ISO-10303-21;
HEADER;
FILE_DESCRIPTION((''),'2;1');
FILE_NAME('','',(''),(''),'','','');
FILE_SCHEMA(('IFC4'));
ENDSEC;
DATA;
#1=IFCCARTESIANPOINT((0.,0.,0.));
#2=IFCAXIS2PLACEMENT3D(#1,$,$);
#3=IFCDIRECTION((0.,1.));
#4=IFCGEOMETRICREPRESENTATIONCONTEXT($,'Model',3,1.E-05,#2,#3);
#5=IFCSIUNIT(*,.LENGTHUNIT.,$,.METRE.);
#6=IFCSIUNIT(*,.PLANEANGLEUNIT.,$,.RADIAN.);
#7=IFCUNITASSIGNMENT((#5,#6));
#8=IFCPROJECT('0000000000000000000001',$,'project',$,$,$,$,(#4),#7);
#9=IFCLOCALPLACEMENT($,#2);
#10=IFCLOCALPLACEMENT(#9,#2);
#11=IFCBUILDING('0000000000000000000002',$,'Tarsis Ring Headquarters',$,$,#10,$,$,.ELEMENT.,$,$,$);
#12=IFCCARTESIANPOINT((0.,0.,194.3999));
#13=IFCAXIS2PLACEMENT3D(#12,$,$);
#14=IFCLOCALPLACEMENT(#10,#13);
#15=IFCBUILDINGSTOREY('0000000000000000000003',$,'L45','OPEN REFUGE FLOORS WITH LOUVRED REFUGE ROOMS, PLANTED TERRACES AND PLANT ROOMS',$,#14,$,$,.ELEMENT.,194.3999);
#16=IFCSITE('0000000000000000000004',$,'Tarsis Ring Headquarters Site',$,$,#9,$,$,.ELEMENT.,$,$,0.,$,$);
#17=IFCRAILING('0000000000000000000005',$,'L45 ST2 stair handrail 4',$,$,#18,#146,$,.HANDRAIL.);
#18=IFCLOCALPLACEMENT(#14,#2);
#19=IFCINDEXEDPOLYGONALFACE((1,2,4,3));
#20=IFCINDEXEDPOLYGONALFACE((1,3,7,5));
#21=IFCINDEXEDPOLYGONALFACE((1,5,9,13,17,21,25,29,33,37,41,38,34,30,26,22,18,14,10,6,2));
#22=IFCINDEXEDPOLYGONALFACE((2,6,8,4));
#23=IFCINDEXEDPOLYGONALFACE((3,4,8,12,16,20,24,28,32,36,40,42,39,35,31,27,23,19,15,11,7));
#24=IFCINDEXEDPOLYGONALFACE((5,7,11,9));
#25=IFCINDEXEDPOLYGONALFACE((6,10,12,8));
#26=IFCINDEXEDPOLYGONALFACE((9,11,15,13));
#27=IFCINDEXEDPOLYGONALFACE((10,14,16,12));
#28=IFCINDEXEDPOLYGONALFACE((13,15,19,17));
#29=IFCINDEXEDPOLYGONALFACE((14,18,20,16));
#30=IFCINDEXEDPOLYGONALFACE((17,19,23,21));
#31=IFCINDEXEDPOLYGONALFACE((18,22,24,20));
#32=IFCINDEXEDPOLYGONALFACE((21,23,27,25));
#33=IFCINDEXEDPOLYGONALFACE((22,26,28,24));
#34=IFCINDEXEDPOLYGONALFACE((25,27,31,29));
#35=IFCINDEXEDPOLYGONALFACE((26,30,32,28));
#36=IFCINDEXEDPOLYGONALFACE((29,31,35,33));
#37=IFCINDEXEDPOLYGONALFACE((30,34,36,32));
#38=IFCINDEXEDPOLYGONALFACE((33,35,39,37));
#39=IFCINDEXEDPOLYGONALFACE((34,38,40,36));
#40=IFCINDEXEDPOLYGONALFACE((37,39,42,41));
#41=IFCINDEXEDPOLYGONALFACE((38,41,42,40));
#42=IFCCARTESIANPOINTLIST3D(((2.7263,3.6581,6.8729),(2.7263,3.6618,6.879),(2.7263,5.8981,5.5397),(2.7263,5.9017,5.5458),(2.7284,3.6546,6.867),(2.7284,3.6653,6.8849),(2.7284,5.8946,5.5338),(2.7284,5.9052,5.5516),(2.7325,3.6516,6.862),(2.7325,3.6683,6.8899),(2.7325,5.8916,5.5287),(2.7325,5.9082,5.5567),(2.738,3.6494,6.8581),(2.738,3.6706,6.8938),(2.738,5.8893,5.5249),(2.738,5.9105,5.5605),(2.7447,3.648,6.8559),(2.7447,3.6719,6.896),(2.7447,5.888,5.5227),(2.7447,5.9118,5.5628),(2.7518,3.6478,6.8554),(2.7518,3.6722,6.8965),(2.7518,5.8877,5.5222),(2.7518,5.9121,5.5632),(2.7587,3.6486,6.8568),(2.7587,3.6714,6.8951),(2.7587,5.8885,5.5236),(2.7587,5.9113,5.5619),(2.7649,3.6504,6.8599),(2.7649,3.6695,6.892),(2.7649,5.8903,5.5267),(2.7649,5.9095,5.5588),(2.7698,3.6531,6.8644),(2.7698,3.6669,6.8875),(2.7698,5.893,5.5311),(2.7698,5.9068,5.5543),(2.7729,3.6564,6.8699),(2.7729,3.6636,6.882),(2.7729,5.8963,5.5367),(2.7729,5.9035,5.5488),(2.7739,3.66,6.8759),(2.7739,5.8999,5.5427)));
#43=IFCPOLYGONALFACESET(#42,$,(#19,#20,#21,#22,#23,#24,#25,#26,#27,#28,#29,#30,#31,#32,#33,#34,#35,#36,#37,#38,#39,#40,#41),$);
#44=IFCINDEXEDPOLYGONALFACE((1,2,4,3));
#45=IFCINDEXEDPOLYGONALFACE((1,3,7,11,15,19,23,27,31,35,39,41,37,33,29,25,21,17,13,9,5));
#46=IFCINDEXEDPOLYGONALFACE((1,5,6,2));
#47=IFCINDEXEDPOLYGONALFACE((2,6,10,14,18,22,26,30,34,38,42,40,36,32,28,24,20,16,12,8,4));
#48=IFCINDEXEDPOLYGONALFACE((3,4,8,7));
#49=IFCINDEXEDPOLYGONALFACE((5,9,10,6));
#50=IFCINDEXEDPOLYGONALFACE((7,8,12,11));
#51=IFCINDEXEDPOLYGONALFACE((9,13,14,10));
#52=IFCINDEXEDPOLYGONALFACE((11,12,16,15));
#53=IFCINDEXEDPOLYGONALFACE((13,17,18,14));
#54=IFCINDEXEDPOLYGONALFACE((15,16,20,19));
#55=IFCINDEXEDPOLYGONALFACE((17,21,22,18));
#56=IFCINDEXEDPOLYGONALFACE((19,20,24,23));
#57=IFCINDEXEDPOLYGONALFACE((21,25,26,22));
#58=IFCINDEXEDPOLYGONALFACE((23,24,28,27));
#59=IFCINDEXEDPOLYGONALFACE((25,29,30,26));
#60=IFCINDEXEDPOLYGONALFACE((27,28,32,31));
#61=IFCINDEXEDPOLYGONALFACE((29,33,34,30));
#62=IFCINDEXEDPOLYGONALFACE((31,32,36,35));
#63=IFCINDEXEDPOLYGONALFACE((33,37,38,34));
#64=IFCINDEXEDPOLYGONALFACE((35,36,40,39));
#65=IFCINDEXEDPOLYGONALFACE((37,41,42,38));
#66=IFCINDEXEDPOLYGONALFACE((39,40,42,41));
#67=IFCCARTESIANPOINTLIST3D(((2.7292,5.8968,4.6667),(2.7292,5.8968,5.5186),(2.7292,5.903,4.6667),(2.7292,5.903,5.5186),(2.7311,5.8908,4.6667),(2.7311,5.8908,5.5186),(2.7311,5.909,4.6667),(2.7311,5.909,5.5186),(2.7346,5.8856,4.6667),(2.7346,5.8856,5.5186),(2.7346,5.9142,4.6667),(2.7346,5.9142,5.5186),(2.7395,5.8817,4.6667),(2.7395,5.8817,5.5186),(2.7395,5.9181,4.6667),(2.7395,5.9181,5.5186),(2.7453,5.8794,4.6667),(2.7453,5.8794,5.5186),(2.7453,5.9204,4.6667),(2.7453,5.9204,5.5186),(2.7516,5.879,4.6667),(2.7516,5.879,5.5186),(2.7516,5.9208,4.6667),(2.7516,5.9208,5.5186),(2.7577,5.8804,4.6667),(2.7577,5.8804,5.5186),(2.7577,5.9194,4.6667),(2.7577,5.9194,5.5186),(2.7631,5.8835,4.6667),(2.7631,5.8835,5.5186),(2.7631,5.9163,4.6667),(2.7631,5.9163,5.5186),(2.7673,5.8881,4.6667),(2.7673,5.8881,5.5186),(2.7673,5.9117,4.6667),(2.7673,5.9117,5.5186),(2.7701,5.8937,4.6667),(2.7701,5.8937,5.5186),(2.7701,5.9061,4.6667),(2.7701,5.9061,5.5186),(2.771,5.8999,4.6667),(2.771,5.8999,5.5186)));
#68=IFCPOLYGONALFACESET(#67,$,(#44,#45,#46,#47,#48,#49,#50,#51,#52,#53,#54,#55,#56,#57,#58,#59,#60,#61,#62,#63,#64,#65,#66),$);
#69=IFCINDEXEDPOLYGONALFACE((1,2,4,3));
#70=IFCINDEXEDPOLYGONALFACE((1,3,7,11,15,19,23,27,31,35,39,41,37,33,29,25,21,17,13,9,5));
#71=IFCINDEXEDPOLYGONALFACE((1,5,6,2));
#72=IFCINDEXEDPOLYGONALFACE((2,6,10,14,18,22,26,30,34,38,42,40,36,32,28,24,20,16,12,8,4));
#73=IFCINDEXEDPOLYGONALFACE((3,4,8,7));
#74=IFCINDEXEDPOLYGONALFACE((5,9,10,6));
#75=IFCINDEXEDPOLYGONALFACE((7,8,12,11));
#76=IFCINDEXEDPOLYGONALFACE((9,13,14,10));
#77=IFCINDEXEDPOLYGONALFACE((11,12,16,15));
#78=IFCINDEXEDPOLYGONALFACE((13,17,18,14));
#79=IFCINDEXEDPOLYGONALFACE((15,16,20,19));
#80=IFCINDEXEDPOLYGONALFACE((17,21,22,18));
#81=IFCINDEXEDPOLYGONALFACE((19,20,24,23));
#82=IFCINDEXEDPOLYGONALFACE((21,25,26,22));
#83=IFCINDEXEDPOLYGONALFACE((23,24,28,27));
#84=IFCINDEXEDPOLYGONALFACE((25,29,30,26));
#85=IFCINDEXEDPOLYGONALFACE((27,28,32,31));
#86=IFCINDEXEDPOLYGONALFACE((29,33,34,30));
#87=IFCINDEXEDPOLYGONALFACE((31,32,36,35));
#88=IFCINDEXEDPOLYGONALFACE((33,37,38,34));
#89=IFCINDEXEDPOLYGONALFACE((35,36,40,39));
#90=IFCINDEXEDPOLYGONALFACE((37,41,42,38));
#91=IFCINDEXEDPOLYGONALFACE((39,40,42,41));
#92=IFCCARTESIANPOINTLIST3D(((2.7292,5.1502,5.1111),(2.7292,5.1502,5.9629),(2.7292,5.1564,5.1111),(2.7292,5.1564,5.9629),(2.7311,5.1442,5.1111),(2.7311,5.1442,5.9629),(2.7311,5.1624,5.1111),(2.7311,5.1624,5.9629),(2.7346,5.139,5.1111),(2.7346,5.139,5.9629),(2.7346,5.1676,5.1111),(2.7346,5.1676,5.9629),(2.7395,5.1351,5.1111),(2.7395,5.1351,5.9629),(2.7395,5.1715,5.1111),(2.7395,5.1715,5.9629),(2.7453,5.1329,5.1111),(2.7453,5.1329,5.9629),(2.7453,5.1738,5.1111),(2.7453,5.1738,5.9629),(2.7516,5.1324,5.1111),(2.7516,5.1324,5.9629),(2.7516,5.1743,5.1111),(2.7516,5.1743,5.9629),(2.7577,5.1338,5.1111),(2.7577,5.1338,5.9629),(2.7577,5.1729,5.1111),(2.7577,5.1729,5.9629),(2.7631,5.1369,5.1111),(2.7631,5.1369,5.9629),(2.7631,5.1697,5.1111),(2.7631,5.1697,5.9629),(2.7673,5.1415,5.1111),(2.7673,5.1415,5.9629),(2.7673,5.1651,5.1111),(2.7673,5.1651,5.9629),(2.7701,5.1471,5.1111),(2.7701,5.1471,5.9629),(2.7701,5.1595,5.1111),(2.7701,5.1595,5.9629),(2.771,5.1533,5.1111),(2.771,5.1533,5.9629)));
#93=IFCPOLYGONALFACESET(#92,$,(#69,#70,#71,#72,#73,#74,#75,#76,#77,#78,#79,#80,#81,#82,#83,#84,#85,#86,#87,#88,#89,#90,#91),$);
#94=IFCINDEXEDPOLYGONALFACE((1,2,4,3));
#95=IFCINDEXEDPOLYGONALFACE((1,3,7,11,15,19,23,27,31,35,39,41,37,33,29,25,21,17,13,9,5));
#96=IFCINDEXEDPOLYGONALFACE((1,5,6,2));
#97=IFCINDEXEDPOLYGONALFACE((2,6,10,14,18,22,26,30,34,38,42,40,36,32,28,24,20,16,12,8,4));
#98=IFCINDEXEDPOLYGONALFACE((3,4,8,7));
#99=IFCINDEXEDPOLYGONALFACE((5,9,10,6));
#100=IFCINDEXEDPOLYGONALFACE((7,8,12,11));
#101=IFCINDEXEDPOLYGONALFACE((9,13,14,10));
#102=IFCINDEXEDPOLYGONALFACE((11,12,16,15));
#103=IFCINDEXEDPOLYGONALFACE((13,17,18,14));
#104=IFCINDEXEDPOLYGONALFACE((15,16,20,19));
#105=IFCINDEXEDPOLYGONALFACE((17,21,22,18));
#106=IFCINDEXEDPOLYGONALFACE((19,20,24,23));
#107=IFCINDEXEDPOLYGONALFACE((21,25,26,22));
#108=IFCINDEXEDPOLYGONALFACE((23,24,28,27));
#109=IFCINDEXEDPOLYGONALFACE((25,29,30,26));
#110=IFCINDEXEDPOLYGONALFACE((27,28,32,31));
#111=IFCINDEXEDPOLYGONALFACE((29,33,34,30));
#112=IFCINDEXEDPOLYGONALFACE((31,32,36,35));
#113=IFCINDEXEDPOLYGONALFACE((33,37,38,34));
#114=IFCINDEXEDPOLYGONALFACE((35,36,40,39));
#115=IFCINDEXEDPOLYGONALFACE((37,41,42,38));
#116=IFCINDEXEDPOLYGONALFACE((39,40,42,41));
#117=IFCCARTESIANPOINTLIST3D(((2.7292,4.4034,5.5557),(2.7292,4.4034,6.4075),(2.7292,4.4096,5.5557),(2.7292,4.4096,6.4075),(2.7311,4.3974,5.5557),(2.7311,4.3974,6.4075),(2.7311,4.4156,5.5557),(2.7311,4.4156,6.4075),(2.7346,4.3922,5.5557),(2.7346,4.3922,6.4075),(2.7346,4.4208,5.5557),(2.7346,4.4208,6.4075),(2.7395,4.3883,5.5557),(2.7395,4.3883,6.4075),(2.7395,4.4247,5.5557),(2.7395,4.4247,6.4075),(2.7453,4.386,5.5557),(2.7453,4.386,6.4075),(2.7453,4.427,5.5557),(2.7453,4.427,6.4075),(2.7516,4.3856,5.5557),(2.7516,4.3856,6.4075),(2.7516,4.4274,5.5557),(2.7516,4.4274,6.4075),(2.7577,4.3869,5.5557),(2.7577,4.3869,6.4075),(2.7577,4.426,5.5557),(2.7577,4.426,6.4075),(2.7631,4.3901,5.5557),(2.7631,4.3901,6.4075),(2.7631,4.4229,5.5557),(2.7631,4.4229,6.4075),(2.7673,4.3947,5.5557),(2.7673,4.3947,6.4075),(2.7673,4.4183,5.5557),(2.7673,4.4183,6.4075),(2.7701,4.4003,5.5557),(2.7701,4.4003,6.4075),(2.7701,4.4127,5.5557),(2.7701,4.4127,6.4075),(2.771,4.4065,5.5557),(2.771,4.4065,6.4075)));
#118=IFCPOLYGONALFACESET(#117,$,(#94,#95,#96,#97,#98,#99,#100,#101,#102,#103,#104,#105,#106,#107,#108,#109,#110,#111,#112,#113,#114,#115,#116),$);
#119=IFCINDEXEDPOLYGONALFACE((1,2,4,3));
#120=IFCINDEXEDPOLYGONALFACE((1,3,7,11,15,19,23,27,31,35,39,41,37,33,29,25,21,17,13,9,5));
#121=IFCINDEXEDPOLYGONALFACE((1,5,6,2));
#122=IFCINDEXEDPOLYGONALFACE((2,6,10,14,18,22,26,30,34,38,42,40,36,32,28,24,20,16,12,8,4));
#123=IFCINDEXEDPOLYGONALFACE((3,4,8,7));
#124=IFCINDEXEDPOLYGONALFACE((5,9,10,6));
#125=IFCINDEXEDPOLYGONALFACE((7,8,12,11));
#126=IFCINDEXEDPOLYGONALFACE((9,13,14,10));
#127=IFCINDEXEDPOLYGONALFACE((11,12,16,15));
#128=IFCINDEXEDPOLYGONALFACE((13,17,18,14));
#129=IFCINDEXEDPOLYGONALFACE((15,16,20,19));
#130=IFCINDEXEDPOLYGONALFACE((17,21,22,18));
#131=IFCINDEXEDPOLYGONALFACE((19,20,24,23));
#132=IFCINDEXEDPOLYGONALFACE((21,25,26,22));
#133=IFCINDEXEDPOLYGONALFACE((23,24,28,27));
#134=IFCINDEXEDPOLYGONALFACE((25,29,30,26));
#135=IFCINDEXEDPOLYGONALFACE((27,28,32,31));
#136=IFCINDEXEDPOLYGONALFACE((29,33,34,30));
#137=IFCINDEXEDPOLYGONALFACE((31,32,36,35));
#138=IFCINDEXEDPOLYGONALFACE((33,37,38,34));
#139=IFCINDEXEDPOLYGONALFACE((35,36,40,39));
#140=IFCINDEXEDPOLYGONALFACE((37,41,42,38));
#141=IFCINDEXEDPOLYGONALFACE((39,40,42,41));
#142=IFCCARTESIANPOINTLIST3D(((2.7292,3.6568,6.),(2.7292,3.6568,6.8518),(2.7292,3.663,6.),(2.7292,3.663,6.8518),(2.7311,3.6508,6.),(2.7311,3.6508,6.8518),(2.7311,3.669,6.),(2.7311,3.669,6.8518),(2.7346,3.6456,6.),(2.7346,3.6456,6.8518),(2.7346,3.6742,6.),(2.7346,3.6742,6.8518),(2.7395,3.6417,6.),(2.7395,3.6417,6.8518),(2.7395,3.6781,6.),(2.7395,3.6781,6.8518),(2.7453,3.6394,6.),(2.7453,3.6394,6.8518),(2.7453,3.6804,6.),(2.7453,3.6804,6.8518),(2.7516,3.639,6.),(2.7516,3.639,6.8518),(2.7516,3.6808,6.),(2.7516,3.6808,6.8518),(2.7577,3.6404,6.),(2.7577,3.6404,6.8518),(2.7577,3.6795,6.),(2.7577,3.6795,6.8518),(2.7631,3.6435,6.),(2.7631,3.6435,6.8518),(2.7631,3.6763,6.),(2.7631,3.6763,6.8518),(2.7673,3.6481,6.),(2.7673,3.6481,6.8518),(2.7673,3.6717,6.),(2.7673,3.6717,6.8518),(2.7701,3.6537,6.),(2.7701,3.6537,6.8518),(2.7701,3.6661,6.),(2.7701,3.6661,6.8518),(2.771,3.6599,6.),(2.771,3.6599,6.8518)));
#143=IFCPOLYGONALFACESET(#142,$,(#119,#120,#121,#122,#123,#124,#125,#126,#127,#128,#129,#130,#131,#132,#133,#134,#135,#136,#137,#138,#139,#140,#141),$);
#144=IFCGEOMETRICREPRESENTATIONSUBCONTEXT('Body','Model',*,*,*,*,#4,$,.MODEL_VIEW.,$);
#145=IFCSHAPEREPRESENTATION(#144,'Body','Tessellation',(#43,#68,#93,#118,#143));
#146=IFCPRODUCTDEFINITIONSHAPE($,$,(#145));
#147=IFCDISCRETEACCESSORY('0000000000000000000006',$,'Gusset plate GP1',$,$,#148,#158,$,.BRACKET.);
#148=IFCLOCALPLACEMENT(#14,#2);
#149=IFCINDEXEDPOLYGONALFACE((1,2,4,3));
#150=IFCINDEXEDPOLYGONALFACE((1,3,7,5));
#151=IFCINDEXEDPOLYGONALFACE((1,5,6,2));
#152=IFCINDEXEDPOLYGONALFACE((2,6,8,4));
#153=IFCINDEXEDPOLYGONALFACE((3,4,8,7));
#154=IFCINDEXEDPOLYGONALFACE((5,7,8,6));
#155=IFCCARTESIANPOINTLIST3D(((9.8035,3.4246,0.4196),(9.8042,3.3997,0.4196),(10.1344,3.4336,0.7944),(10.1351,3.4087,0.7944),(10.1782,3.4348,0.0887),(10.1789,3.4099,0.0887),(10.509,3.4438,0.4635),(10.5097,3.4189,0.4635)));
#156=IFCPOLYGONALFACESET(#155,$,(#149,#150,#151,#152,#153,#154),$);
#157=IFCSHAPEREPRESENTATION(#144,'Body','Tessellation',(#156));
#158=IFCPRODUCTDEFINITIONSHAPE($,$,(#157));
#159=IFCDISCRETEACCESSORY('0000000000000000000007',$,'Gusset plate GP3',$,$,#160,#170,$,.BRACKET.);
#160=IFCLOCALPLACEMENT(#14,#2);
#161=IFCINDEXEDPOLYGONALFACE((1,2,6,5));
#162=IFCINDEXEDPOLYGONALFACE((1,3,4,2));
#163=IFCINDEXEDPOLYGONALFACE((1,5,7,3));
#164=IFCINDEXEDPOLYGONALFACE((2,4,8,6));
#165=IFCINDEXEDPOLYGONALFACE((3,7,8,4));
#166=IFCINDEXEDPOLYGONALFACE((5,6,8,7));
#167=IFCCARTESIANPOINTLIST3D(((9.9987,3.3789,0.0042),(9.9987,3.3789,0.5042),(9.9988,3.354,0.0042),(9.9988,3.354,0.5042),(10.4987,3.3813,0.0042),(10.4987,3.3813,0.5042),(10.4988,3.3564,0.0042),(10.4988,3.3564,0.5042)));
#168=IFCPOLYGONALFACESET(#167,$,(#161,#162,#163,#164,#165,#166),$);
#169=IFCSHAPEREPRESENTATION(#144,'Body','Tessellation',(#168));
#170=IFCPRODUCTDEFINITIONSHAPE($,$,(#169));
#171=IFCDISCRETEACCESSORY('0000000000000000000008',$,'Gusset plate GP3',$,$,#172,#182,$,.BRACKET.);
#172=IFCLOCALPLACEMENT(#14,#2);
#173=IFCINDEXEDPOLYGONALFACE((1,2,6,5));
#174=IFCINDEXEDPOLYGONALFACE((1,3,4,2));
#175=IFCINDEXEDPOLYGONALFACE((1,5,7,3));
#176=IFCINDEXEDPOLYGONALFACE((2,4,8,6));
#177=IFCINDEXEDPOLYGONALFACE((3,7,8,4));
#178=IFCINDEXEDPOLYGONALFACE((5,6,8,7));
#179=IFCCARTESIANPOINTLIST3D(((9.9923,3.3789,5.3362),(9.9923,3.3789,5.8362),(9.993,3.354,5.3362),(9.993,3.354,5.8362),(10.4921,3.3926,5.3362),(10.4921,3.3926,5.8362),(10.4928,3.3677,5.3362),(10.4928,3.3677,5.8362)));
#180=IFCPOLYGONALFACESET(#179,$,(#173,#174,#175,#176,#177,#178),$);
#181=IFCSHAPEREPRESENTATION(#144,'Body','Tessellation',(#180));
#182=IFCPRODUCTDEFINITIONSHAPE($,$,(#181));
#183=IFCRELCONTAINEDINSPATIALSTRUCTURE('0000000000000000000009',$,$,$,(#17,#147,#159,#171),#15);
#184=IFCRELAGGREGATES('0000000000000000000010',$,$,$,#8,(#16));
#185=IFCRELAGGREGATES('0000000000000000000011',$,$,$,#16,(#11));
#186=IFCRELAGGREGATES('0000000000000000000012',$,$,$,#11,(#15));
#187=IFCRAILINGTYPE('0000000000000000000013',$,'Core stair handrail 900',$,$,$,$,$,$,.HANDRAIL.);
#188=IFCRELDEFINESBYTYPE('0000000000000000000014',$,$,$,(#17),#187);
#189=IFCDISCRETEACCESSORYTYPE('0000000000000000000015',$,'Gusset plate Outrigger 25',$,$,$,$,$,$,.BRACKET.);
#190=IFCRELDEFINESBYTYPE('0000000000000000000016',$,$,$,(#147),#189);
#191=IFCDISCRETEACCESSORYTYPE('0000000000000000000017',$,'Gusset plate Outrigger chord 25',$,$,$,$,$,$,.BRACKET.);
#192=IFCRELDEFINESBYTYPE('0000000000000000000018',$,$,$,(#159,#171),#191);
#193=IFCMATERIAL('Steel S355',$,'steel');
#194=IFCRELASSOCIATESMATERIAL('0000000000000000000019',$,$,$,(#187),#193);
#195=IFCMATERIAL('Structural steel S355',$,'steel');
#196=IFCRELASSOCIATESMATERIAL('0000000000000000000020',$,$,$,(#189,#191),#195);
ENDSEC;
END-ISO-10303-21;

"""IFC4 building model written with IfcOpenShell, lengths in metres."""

from ifc_helpers import new_model, si_unit, direction, frame, origin, origin_2d, place, context, subcontext, project, spatial, rectangle, circle, extrude, material, material_profile, profile_set, type_object, element, save


model = new_model("IFC4")

# Units and contexts
model_context = context("Model", 3, precision=1e-05, world=origin(), true_north=direction((0.0, 1.0)))
body_context = subcontext(model_context, "Body", "Model", "MODEL_VIEW")
ifc_project = project(units=[si_unit("LENGTHUNIT", "METRE"), si_unit("PLANEANGLEUNIT", "RADIAN")], contexts=[model_context])

# Site, building, storey
site_placement = place(None, origin())
site = spatial("IfcSite", under=ifc_project, at=site_placement, Name="Tarsis Ring Headquarters Site", CompositionType="ELEMENT", RefElevation=0.0)
building_placement = place(site_placement, origin())
building = spatial("IfcBuilding", under=site, at=building_placement, Name="Tarsis Ring Headquarters", CompositionType="ELEMENT")
storey_placement = place(building_placement, frame((0.0, 0.0, 194.3999)))
storey = spatial("IfcBuildingStorey", under=building, at=storey_placement, Name="L45", Description="OPEN REFUGE FLOORS WITH LOUVRED REFUGE ROOMS, PLANTED TERRACES AND PLANT ROOMS", CompositionType="ELEMENT", Elevation=194.3999)

# Shared definitions
ifc_material_1 = material(Name="Structural steel S355", Category="steel")

# Shared definitions
ifc_material_2 = material(Name="Steel S355", Category="steel")

# Railing
railing_type_1 = type_object("IfcRailingType", Name="Core stair handrail 900", PredefinedType="HANDRAIL", material=ifc_material_2)
railing_1_placement = place(storey_placement, frame((2.75, 5.8999, 4.6667)))
element("IfcRailing", 1, at=railing_1_placement, inside=storey, type_object=railing_type_1, Name="L45 ST2 stair handrail 4", PredefinedType="HANDRAIL", context=body_context, shape_type="SweptSolid", body=[
    extrude(circle(Radius=0.0239, at=origin_2d()), frame((0.0, 0.0, 0.876), z_axis=(0.0, -0.859306, 0.511462), x_axis=(1.0, 0.0, 0.0)), (0.0, 0.0, 1.0), 2.6067),
    extrude(circle(Radius=0.021, at=origin_2d()), origin(), (0.0, 0.0, 1.0), 0.8518),
    extrude(circle(Radius=0.021, at=origin_2d()), frame((0.0, -0.7466, 0.4443)), (0.0, 0.0, 1.0), 0.8518),
    extrude(circle(Radius=0.021, at=origin_2d()), frame((0.0, -1.4934, 0.8889)), (0.0, 0.0, 1.0), 0.8518),
    extrude(circle(Radius=0.021, at=origin_2d()), frame((0.0, -2.24, 1.3333)), (0.0, 0.0, 1.0), 0.8518),
])

# Discrete accessories
ifc_material_profile_1 = material_profile(ifc_material_1, rectangle(XDim=0.0249, YDim=0.5, at=origin_2d()), Name="PL 25x500")
ifc_profile_set_1 = profile_set([ifc_material_profile_1], Name="Structural steel S355")
discrete_accessory_type_1 = type_object("IfcDiscreteAccessoryType", Name="Gusset plate Outrigger 25", PredefinedType="BRACKET", material=ifc_profile_set_1)
discrete_accessory_placement = place(storey_placement, frame((9.9912, 3.4172, 0.2542), z_axis=(0.661675, 0.018068, 0.749573), x_axis=(-0.027296, 0.999627, 0.0)))
element("IfcDiscreteAccessory", 2, at=discrete_accessory_placement, inside=storey, type_object=discrete_accessory_type_1, Name="Gusset plate GP1", PredefinedType="BRACKET", context=body_context, shape_type="SweptSolid", body=[
    extrude(rectangle(XDim=0.0249, YDim=0.5, at=origin_2d()), origin(), (0.0, 0.0, 1.0), 0.5),
])
discrete_accessory_type_2 = type_object("IfcDiscreteAccessoryType", Name="Gusset plate Outrigger chord 25", PredefinedType="BRACKET", material=ifc_profile_set_1)
for number, where, z_axis, x_axis, name in (
    (3, (9.9988, 3.3665, 0.2542), (0.999988, 0.004883, 0.0), (-0.004883, 0.999988, 0.0), "Gusset plate GP3"),
    (4, (9.9927, 3.3665, 5.5862), (0.999626, 0.027347, 0.0), (-0.027347, 0.999626, 0.0), "Gusset plate GP3"),
):
    element("IfcDiscreteAccessory", number, at=place(storey_placement, frame(where, z_axis=z_axis, x_axis=x_axis)), inside=storey, type_object=discrete_accessory_type_2, Name=name, PredefinedType="BRACKET", context=body_context, shape_type="SweptSolid", body=[
        extrude(rectangle(XDim=0.0249, YDim=0.5, at=origin_2d()), origin(), (0.0, 0.0, 1.0), 0.5),
    ])

save(model, "model.ifc")
